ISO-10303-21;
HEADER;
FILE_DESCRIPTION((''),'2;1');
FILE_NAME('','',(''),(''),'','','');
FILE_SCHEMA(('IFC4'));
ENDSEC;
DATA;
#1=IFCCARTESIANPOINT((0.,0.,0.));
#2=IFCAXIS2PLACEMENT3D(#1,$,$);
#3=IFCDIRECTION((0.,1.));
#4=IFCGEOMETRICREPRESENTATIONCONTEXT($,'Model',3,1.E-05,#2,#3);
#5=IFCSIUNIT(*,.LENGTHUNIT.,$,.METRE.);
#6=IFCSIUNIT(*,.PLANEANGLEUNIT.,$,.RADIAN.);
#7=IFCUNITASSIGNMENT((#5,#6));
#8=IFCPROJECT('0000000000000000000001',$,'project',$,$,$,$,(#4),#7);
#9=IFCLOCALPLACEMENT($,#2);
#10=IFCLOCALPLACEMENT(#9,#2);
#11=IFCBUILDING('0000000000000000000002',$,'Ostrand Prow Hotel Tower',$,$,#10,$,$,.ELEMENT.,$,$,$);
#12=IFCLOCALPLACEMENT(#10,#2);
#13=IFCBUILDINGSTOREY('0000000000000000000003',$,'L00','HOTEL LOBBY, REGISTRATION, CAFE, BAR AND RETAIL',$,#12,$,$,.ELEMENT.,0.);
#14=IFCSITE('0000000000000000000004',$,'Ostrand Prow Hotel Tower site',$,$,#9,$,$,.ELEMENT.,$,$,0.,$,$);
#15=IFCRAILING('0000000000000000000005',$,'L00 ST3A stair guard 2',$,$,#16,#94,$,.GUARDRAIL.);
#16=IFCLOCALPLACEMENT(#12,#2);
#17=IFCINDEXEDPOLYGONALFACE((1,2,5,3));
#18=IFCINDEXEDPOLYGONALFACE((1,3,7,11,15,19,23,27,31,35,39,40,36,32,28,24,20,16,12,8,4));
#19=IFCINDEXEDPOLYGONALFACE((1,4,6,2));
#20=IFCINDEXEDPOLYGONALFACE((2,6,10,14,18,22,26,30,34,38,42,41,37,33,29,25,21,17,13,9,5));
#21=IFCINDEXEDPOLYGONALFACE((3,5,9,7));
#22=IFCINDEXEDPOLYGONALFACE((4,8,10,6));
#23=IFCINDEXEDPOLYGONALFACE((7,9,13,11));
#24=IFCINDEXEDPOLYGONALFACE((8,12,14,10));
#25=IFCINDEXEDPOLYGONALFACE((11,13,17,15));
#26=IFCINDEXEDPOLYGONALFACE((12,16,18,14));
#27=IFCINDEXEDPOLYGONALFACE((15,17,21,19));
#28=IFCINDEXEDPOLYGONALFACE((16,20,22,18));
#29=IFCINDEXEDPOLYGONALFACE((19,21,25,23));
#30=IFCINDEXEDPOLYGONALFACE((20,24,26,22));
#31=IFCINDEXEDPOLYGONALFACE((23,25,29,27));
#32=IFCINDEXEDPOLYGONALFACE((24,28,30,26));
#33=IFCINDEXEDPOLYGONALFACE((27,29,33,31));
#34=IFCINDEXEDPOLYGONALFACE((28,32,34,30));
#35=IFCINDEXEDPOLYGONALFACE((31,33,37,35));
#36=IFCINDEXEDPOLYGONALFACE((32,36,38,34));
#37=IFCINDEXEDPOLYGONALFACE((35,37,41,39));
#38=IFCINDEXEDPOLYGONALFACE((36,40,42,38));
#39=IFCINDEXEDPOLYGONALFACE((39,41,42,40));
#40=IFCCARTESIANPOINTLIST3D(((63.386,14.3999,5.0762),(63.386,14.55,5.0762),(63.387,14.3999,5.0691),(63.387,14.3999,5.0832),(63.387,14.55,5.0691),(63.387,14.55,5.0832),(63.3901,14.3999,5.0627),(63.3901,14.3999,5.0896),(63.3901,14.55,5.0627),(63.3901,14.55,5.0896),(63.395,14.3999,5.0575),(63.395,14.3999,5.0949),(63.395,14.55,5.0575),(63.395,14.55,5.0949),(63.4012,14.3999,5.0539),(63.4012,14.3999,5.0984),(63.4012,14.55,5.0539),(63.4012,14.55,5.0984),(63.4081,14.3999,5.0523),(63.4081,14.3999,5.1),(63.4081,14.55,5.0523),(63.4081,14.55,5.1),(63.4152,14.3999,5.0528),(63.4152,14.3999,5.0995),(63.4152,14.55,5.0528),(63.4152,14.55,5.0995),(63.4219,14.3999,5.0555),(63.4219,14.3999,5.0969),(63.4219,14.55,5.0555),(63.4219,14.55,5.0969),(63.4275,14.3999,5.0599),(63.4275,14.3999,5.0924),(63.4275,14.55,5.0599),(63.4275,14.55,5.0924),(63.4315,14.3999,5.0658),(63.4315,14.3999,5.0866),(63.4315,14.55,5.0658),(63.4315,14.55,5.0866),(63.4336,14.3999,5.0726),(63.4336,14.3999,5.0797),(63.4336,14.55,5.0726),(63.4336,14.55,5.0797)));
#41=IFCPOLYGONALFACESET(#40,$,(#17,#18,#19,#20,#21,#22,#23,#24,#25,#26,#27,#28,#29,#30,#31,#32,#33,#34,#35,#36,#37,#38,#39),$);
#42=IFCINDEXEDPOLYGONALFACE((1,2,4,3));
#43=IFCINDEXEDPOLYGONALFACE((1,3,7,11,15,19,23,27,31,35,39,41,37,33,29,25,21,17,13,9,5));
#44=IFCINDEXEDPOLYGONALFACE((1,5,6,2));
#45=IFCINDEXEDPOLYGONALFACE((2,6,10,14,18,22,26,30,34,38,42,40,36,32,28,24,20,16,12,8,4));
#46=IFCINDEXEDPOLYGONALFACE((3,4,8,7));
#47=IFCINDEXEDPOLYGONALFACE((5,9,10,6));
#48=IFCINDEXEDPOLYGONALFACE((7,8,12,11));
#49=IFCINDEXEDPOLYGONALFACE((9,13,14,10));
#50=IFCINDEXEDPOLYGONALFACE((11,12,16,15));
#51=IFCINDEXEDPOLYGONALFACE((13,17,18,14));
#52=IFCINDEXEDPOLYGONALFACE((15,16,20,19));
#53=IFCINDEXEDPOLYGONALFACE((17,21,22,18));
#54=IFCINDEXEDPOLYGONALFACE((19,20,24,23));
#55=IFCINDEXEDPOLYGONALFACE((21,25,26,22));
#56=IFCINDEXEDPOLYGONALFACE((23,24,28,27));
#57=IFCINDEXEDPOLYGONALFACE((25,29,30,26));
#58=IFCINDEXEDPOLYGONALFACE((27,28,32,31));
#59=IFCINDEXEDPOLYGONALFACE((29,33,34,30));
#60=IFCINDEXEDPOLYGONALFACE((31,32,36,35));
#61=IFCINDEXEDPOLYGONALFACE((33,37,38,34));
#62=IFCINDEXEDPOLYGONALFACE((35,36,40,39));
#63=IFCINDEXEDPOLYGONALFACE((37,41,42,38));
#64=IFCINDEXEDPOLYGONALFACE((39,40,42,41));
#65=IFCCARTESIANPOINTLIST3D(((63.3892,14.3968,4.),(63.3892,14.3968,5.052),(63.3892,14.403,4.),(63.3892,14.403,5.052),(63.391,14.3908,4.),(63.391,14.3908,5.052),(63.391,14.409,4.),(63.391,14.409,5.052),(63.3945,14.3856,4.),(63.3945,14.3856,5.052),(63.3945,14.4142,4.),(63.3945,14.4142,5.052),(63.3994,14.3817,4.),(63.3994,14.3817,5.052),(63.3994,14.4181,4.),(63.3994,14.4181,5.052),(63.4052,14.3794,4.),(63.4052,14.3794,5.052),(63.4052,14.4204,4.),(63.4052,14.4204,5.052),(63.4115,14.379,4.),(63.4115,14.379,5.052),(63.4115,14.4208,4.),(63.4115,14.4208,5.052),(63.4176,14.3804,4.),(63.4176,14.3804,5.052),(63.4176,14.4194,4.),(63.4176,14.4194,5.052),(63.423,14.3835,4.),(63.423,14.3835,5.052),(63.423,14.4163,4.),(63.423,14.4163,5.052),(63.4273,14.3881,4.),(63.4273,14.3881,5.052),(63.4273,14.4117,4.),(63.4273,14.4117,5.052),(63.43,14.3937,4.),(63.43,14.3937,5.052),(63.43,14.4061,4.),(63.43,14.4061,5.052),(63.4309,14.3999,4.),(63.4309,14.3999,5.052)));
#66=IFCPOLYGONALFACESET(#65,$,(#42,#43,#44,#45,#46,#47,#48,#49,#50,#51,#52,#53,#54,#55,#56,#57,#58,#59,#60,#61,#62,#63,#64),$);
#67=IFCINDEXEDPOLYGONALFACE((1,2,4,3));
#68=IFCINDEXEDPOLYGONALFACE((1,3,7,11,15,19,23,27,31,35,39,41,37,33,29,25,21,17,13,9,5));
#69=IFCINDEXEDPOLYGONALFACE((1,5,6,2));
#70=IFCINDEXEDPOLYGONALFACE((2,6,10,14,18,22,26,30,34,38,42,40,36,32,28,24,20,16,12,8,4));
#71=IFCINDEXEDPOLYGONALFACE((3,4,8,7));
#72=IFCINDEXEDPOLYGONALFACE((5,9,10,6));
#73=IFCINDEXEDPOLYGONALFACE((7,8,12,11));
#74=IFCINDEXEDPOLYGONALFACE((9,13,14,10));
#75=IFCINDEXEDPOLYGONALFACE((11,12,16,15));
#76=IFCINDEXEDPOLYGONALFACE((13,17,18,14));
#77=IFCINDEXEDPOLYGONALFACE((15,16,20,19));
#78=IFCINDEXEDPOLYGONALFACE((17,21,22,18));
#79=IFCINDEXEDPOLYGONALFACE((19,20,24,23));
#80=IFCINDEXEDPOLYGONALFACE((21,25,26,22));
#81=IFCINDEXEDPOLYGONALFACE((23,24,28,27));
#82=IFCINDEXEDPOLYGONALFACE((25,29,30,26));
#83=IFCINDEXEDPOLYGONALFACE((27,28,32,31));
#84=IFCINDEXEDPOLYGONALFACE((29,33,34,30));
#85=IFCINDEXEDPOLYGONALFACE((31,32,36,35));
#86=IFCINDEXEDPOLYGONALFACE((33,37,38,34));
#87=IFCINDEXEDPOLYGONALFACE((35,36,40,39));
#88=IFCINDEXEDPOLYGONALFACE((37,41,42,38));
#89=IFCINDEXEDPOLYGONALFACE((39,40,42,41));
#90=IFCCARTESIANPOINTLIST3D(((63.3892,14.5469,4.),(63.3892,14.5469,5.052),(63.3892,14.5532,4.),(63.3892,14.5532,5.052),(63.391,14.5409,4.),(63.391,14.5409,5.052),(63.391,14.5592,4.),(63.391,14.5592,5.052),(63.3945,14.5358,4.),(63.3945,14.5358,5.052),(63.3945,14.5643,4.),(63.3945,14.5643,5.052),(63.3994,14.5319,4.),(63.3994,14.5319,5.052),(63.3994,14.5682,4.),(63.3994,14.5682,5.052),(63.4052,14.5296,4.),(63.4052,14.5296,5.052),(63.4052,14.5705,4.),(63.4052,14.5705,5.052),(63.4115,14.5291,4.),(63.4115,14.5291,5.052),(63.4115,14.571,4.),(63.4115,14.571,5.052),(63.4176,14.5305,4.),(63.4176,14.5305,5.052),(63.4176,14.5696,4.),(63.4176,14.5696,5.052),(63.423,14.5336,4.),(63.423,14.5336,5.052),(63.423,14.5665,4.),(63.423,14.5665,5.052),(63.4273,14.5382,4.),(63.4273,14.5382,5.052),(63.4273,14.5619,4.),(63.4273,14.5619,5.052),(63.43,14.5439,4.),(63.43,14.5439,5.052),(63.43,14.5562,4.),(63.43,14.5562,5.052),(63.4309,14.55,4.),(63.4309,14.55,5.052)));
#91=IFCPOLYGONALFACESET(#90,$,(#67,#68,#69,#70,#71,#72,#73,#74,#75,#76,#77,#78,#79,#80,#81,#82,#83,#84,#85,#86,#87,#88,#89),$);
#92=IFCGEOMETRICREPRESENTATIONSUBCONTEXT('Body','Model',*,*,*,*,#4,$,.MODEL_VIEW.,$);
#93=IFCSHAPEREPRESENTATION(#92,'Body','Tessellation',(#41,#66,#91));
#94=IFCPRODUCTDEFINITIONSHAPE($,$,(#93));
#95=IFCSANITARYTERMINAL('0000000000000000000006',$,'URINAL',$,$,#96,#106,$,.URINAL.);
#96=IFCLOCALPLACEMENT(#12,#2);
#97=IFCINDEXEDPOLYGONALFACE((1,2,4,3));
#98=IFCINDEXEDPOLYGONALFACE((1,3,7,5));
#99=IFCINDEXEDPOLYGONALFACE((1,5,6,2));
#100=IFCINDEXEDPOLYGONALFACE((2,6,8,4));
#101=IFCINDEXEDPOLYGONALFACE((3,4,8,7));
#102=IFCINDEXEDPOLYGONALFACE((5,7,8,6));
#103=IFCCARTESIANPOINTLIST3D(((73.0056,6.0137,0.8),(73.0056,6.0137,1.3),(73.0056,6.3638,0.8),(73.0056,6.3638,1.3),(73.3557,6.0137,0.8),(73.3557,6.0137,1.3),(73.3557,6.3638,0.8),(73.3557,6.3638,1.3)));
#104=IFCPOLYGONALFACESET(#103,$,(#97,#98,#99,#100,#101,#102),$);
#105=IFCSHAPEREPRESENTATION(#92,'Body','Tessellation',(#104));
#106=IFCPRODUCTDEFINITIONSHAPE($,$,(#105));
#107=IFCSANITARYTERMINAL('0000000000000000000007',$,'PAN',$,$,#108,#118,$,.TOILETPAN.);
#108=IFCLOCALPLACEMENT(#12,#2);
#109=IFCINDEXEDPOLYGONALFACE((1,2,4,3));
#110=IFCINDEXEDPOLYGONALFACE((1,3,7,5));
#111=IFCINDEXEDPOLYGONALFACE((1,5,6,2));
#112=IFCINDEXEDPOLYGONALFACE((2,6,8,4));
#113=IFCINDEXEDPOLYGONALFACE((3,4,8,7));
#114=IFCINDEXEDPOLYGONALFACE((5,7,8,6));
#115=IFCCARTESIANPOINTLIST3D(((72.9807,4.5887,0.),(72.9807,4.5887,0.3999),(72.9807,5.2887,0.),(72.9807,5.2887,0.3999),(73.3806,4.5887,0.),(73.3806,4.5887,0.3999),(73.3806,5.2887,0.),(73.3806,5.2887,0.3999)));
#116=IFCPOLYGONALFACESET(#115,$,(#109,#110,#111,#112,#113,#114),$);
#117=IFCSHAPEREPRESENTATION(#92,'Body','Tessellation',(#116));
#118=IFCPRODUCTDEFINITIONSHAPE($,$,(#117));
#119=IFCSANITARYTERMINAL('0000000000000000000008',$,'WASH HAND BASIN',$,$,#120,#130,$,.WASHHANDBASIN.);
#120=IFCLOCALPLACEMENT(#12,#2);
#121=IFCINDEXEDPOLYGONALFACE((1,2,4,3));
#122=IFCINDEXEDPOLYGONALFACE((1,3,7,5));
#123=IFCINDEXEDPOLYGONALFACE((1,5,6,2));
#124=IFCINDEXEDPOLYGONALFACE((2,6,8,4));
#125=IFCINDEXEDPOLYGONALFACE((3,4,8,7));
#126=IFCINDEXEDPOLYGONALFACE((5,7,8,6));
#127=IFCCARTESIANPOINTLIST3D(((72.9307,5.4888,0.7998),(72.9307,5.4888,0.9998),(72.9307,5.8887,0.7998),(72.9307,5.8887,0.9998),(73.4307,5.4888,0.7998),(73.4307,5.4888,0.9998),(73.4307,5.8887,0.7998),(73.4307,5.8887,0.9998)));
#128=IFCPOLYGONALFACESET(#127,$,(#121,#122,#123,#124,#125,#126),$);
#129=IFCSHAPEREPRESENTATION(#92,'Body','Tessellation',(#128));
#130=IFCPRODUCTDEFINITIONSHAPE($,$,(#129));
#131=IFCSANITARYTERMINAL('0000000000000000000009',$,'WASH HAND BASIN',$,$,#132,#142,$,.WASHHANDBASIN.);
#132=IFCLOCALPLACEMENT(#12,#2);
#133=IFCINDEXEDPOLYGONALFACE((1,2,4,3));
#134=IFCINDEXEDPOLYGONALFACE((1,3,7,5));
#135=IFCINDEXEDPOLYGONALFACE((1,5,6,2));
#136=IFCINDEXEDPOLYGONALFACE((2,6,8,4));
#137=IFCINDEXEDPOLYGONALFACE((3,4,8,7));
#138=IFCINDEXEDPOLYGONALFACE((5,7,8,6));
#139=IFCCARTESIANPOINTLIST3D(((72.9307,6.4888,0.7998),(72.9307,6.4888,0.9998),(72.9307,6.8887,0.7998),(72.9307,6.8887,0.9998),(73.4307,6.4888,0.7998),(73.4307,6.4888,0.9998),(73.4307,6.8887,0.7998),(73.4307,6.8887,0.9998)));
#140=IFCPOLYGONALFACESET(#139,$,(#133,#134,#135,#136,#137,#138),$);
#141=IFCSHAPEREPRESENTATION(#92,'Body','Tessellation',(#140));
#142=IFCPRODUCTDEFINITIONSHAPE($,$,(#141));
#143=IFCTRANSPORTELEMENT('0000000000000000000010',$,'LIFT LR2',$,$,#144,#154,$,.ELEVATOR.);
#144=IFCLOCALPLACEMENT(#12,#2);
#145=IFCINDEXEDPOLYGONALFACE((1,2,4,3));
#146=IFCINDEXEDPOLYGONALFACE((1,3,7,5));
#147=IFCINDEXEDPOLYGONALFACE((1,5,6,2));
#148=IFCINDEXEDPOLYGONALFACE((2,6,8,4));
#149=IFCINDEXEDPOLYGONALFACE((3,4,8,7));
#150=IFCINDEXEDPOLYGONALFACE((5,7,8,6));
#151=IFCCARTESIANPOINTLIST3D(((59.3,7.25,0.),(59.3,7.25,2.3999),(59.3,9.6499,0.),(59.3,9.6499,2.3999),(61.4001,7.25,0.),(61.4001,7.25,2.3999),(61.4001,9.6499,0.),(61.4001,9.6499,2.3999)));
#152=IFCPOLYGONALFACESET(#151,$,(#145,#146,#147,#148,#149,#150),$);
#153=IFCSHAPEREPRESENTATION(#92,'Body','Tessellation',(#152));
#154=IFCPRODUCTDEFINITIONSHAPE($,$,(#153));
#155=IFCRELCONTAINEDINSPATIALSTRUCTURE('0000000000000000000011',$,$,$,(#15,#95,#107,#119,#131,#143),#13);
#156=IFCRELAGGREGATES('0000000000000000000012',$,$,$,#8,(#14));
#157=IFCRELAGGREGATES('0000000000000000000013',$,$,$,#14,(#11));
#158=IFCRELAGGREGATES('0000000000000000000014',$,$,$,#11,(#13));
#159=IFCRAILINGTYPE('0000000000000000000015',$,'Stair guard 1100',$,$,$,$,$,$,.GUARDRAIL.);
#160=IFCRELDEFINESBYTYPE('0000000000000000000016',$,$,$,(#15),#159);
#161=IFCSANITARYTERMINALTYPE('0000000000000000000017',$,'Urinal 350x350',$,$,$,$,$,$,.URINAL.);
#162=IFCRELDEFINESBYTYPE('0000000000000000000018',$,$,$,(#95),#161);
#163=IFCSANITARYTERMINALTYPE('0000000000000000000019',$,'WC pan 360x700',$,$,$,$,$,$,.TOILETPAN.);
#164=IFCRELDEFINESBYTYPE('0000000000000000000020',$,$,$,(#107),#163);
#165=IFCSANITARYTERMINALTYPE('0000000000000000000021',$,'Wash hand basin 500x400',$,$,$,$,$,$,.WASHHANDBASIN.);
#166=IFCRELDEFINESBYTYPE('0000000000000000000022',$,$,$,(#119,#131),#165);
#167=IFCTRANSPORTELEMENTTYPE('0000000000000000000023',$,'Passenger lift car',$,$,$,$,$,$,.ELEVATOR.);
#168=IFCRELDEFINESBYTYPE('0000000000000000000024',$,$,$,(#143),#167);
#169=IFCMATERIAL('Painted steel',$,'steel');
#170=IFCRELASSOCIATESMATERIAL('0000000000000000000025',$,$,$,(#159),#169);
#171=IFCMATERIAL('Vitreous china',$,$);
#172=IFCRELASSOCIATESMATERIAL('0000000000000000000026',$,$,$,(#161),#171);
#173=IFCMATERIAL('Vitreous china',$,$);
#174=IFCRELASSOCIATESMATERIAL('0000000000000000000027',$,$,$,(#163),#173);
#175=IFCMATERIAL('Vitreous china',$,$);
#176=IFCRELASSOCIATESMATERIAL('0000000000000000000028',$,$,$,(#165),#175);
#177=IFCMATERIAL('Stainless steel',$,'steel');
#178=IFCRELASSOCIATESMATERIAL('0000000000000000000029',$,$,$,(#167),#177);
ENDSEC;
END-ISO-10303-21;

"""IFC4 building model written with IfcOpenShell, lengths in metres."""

from ifc_helpers import new_model, si_unit, direction, frame, origin, origin_2d, place, context, subcontext, project, spatial, rectangle, circle, extrude, material, type_object, element, save


model = new_model("IFC4")

# Units and contexts
model_context = context("Model", 3, precision=1e-05, world=origin(), true_north=direction((0.0, 1.0)))
body_context = subcontext(model_context, "Body", "Model", "MODEL_VIEW")
ifc_project = project(units=[si_unit("LENGTHUNIT", "METRE"), si_unit("PLANEANGLEUNIT", "RADIAN")], contexts=[model_context])

# Site, building, storey
site_placement = place(None, origin())
site = spatial("IfcSite", under=ifc_project, at=site_placement, Name="Ostrand Prow Hotel Tower site", CompositionType="ELEMENT", RefElevation=0.0)
building_placement = place(site_placement, origin())
building = spatial("IfcBuilding", under=site, at=building_placement, Name="Ostrand Prow Hotel Tower", CompositionType="ELEMENT")
storey_placement = place(building_placement, origin())
storey = spatial("IfcBuildingStorey", under=building, at=storey_placement, Name="L00", Description="HOTEL LOBBY, REGISTRATION, CAFE, BAR AND RETAIL", CompositionType="ELEMENT", Elevation=0.0)

# Railing
ifc_material_1 = material(Name="Painted steel", Category="steel")
railing_type_1 = type_object("IfcRailingType", Name="Stair guard 1100", PredefinedType="GUARDRAIL", material=ifc_material_1)
railing_1_placement = place(storey_placement, frame((63.4099, 14.3999, 4.0)))
element("IfcRailing", 1, at=railing_1_placement, inside=storey, type_object=railing_type_1, Name="L00 ST3A stair guard 2", PredefinedType="GUARDRAIL", context=body_context, shape_type="SweptSolid", body=[
    extrude(circle(Radius=0.0239, at=origin_2d()), frame((0.0, 0.0, 1.0762), z_axis=(0.0, 1.0, 0.0), x_axis=(-1.0, 0.0, 0.0)), (0.0, 0.0, 1.0), 0.1501),
    extrude(circle(Radius=0.021, at=origin_2d()), origin(), (0.0, 0.0, 1.0), 1.052),
    extrude(circle(Radius=0.021, at=origin_2d()), frame((0.0, 0.1501, 0.0)), (0.0, 0.0, 1.0), 1.052),
])

# Sanitary terminals
ifc_material_2 = material(Name="Vitreous china")
sanitary_terminal_type_1 = type_object("IfcSanitaryTerminalType", Name="Urinal 350x350", PredefinedType="URINAL", material=ifc_material_2)
sanitary_terminal_1_placement = place(storey_placement, frame((73.1807, 6.1887, 0.8), z_axis=(0.0, 0.0, 1.0), x_axis=(1.0, 0.0, 0.0)))
element("IfcSanitaryTerminal", 2, at=sanitary_terminal_1_placement, inside=storey, type_object=sanitary_terminal_type_1, Name="URINAL", PredefinedType="URINAL", context=body_context, shape_type="SweptSolid", body=[
    extrude(rectangle(XDim=0.3501, YDim=0.3501, at=origin_2d()), origin(), (0.0, 0.0, 1.0), 0.5),
])
ifc_material_3 = material(Name="Vitreous china")
sanitary_terminal_type_2 = type_object("IfcSanitaryTerminalType", Name="WC pan 360x700", PredefinedType="TOILETPAN", material=ifc_material_3)
sanitary_terminal_2_placement = place(storey_placement, frame((73.1807, 4.9387, 0.0), z_axis=(0.0, 0.0, 1.0), x_axis=(1.0, 0.0, 0.0)))
element("IfcSanitaryTerminal", 3, at=sanitary_terminal_2_placement, inside=storey, type_object=sanitary_terminal_type_2, Name="PAN", PredefinedType="TOILETPAN", context=body_context, shape_type="SweptSolid", body=[
    extrude(rectangle(XDim=0.3999, YDim=0.7, at=origin_2d()), origin(), (0.0, 0.0, 1.0), 0.3999),
])
ifc_material_4 = material(Name="Vitreous china")
sanitary_terminal_type_3 = type_object("IfcSanitaryTerminalType", Name="Wash hand basin 500x400", PredefinedType="WASHHANDBASIN", material=ifc_material_4)
for number, where, z_axis, x_axis, name in (
    (4, (73.1807, 5.6887, 0.7998), (0.0, 0.0, 1.0), (1.0, 0.0, 0.0), "WASH HAND BASIN"),
    (5, (73.1807, 6.6887, 0.7998), (0.0, 0.0, 1.0), (1.0, 0.0, 0.0), "WASH HAND BASIN"),
):
    element("IfcSanitaryTerminal", number, at=place(storey_placement, frame(where, z_axis=z_axis, x_axis=x_axis)), inside=storey, type_object=sanitary_terminal_type_3, Name=name, PredefinedType="WASHHANDBASIN", context=body_context, shape_type="SweptSolid", body=[
        extrude(rectangle(XDim=0.5, YDim=0.3999, at=origin_2d()), origin(), (0.0, 0.0, 1.0), 0.2),
    ])

# Transport element
ifc_material_5 = material(Name="Stainless steel", Category="steel")
transport_element_type = type_object("IfcTransportElementType", Name="Passenger lift car", PredefinedType="ELEVATOR", material=ifc_material_5)
transport_element_placement = place(storey_placement, frame((60.3501, 8.45, 0.0), z_axis=(0.0, 0.0, 1.0), x_axis=(1.0, 0.0, 0.0)))
element("IfcTransportElement", 6, at=transport_element_placement, inside=storey, type_object=transport_element_type, Name="LIFT LR2", PredefinedType="ELEVATOR", context=body_context, shape_type="SweptSolid", body=[
    extrude(rectangle(XDim=2.1001, YDim=2.3999, at=origin_2d()), origin(), (0.0, 0.0, 1.0), 2.3999),
])

save(model, "model.ifc")
